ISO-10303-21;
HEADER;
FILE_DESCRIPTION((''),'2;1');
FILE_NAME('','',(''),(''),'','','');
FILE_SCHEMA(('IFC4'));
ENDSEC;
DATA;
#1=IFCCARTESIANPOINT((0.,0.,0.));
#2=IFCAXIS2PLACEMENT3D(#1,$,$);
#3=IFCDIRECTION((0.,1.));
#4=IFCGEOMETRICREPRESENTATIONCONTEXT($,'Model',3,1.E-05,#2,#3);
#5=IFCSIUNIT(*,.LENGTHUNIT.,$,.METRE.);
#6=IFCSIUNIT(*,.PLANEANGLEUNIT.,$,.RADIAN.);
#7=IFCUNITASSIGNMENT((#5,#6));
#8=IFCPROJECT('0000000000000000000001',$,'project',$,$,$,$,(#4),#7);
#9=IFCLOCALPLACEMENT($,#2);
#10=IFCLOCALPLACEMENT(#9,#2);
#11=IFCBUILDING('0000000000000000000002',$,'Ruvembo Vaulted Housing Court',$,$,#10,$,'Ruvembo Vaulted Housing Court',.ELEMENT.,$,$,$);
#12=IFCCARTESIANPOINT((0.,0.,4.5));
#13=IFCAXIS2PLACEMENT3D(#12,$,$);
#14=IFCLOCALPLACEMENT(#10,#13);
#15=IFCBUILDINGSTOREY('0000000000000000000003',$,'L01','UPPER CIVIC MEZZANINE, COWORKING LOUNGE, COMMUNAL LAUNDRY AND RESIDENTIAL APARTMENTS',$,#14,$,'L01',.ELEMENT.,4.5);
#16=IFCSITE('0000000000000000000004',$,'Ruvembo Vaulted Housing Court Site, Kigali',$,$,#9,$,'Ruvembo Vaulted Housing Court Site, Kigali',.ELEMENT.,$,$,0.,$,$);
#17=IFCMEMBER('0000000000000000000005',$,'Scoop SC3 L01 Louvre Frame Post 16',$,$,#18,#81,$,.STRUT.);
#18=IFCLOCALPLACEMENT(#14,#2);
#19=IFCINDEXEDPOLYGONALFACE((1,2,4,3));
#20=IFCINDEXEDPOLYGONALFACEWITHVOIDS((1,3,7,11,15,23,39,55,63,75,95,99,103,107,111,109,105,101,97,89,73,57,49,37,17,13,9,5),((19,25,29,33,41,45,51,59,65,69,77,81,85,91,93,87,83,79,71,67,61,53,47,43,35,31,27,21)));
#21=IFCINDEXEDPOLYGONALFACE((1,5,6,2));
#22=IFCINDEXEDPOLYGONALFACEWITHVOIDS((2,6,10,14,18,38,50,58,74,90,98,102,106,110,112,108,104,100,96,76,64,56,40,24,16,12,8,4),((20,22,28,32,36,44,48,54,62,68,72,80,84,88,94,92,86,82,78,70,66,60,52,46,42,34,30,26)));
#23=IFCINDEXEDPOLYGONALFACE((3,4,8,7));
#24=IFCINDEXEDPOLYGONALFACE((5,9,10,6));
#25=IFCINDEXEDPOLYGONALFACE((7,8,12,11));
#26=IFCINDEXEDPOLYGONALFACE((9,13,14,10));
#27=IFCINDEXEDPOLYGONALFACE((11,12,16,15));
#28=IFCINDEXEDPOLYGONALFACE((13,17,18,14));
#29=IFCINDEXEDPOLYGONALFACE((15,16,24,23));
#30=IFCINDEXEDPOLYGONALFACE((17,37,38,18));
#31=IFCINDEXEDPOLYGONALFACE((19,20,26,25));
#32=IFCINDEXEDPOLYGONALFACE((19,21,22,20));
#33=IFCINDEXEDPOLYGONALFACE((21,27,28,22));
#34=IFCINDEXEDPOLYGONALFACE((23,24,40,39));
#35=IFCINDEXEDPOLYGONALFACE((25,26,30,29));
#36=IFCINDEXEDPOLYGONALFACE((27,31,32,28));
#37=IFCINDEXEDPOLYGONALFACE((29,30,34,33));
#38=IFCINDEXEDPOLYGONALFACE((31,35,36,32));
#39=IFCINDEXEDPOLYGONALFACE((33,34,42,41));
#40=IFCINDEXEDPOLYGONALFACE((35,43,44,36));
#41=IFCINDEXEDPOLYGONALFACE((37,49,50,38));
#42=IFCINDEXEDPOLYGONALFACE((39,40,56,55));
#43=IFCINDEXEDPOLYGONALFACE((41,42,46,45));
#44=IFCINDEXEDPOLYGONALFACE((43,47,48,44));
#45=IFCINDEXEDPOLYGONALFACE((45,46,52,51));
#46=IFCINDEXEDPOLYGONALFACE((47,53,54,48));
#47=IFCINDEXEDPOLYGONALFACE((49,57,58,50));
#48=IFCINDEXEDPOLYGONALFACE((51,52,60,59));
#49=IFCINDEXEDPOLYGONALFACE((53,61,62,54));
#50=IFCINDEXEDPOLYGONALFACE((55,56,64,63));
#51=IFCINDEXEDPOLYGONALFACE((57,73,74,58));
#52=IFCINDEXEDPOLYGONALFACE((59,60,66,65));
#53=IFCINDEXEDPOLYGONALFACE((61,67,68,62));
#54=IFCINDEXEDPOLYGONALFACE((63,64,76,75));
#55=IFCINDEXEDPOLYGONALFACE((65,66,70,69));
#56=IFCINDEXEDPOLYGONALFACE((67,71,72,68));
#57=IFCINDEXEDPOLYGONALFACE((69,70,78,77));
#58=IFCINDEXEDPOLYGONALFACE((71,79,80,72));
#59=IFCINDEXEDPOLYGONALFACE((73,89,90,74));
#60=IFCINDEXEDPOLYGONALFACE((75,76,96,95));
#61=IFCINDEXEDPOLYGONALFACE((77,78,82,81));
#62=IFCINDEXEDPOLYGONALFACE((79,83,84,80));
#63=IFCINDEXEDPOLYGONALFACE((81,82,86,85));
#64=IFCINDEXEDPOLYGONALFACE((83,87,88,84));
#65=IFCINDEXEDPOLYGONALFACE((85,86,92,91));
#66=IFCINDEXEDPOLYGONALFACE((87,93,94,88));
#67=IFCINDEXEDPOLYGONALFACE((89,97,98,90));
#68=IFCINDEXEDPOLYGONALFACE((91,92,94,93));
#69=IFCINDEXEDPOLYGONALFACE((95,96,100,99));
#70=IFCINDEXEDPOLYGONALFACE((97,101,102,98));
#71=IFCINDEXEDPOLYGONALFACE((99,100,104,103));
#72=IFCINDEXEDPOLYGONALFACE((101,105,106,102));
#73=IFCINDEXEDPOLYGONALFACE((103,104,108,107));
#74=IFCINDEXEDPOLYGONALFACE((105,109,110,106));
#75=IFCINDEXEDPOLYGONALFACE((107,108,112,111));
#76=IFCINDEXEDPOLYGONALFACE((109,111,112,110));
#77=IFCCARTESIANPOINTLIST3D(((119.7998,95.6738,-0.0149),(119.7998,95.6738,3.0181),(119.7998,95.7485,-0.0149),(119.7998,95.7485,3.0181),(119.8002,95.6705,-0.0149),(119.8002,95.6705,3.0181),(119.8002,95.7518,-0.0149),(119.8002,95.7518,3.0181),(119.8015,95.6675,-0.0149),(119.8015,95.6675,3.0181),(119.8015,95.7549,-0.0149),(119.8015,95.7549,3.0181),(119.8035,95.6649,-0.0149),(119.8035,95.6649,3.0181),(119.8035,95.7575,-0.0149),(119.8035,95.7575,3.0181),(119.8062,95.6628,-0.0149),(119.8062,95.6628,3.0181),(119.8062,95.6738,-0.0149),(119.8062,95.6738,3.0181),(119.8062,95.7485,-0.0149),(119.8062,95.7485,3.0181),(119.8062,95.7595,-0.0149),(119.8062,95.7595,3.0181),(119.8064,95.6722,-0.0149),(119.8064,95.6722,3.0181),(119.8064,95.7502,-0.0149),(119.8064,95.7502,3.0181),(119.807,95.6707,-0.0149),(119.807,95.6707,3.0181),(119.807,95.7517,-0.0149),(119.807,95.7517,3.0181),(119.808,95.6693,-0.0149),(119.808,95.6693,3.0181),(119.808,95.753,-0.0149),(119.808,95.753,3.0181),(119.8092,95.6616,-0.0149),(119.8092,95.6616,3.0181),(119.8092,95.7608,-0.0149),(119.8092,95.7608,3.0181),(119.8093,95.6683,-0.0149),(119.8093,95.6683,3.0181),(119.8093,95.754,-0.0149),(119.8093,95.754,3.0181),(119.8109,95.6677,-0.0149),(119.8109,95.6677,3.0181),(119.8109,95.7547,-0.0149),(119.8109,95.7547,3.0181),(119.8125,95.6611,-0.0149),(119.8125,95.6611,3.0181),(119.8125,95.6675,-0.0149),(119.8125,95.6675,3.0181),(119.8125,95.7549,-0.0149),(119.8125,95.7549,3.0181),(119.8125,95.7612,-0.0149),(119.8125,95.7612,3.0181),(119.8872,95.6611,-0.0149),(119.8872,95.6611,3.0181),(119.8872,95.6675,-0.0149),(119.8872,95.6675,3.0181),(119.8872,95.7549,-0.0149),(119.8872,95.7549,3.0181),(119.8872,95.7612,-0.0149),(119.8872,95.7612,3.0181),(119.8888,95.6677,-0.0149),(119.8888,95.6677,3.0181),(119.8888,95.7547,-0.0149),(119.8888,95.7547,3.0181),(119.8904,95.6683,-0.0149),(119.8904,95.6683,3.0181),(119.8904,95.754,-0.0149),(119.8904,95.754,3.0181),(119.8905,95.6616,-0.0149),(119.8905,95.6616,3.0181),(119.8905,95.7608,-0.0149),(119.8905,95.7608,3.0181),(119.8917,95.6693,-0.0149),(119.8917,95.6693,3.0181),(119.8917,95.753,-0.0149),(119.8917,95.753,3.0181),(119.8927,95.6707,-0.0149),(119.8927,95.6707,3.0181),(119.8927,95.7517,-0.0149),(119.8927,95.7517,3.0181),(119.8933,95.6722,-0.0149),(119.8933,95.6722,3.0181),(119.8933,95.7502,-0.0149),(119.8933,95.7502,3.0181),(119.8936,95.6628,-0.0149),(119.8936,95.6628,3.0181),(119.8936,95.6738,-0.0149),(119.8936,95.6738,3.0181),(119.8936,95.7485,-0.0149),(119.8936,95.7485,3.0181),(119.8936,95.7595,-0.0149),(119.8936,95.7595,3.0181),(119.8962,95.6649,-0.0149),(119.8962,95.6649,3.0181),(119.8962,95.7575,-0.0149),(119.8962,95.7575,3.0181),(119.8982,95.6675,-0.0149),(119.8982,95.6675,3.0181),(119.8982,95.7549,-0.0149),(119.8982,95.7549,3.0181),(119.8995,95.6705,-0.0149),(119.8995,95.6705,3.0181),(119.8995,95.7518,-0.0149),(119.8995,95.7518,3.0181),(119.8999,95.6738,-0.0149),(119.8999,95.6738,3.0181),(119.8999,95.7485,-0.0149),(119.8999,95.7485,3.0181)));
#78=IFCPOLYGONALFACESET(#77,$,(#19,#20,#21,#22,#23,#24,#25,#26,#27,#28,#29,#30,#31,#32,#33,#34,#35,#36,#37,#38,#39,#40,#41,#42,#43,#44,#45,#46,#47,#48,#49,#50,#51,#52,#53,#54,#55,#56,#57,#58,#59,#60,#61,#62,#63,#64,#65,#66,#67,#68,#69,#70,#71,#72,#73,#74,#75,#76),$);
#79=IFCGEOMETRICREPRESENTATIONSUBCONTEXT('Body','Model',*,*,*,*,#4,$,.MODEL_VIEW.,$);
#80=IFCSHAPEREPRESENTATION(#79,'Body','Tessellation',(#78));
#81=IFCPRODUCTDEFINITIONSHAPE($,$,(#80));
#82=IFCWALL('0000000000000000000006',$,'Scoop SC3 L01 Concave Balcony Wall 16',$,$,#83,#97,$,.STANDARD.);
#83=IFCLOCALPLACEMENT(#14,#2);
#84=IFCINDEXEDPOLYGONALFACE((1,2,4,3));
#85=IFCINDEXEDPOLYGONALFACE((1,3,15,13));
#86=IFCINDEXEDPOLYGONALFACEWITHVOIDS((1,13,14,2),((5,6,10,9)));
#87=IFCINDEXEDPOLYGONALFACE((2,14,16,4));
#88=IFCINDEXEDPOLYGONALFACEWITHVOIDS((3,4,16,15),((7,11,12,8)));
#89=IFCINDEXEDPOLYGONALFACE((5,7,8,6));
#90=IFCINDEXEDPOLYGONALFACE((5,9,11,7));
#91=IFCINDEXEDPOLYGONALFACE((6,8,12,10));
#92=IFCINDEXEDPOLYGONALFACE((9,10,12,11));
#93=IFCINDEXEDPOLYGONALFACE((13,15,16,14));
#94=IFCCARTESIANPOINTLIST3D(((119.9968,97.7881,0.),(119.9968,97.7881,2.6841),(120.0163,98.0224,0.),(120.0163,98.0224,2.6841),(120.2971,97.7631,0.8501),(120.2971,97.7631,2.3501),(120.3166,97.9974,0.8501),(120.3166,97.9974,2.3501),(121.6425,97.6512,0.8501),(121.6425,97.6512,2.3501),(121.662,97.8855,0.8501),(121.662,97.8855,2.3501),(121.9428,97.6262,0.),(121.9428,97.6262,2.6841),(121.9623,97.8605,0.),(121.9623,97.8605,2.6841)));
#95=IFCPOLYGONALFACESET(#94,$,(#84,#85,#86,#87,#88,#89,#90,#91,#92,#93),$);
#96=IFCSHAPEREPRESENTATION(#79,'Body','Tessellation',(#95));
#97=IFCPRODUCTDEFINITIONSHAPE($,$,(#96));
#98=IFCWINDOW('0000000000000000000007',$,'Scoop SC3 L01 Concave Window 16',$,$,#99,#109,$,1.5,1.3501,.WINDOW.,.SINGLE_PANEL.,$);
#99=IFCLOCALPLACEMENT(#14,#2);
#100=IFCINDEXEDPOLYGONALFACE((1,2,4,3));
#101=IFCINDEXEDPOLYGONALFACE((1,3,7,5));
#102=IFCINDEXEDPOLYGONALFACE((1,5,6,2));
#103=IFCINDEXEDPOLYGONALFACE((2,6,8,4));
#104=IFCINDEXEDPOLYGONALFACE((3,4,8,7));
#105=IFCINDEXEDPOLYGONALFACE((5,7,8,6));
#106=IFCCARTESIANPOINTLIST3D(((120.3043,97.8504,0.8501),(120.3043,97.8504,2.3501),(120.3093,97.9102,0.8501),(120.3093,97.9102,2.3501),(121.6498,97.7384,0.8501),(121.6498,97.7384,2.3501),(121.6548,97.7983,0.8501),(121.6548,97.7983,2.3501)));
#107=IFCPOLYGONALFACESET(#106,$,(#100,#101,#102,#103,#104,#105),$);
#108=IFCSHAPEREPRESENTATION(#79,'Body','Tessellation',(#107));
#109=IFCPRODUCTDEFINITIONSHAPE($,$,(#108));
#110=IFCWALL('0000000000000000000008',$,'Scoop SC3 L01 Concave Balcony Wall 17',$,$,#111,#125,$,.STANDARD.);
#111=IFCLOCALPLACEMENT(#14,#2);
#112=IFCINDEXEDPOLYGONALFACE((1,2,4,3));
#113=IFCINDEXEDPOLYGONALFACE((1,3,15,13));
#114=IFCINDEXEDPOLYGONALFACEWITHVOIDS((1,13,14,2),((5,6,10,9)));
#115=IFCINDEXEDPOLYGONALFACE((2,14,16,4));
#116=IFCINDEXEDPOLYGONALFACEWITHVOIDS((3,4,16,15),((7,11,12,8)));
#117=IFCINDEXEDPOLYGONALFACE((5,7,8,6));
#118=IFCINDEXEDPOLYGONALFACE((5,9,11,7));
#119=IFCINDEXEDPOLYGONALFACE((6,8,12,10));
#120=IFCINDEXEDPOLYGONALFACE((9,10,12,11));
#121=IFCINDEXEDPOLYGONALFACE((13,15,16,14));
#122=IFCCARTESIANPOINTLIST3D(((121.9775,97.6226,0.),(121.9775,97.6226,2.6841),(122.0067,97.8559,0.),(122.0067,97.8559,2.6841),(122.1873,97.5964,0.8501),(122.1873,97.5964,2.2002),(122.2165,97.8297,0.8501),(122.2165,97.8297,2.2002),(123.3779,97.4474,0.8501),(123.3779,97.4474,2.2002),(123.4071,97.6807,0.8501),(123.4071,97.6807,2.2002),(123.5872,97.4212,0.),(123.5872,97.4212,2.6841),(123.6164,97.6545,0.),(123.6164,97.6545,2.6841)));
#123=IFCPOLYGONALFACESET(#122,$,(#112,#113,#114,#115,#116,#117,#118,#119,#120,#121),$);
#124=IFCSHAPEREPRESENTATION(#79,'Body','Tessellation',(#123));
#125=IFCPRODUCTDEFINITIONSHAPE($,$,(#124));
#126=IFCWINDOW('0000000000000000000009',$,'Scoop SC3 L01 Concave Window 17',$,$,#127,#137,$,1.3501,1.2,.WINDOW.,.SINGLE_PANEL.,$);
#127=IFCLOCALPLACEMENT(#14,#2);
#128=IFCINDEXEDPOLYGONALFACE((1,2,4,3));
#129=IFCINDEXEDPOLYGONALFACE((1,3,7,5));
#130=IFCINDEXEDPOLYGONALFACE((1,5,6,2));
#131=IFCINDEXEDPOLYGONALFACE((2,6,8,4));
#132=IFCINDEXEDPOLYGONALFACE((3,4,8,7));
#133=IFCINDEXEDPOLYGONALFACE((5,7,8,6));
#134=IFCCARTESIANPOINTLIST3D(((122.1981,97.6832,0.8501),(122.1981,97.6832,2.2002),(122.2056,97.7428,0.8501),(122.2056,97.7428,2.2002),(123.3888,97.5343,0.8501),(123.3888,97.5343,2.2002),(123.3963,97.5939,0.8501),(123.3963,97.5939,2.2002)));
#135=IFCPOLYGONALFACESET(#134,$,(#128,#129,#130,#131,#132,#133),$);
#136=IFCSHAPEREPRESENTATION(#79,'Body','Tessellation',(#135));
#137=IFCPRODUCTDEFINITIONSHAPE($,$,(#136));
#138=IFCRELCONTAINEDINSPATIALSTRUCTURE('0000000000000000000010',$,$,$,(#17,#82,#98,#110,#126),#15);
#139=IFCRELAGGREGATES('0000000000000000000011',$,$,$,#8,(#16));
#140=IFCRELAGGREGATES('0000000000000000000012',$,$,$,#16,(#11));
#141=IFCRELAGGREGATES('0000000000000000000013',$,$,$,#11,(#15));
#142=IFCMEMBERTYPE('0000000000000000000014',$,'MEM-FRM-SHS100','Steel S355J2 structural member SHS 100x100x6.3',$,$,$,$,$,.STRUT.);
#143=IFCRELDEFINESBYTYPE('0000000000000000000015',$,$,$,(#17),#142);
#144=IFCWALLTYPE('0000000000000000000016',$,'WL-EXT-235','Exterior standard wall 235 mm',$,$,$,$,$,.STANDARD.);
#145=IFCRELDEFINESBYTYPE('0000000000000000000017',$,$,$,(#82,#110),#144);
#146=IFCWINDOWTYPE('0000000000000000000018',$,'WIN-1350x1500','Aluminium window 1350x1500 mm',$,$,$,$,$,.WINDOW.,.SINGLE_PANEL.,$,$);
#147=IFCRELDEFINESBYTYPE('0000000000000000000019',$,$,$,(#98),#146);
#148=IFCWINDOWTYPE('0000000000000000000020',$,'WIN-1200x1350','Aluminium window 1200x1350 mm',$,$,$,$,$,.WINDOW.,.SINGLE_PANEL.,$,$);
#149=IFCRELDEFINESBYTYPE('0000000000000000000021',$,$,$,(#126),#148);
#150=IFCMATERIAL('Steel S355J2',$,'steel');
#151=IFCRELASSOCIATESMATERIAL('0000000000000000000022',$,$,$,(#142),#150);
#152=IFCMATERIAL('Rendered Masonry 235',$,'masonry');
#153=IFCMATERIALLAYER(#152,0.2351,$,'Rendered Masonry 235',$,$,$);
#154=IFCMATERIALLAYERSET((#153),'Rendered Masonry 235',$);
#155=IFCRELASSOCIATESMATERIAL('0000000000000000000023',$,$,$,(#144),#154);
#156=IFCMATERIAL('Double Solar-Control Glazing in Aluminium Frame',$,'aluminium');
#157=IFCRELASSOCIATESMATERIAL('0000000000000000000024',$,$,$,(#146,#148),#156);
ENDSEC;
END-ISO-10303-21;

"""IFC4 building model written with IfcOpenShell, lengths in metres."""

from ifc_helpers import new_model, si_unit, direction, frame, frame_2d, origin, origin_2d, place, context, subcontext, project, spatial, rectangle, hollow_rectangle, extrude, material, layer, layer_set, material_profile, profile_set, type_object, element, fill, save


model = new_model("IFC4")

# Units and contexts
model_context = context("Model", 3, precision=1e-05, world=origin(), true_north=direction((0.0, 1.0)))
body_context = subcontext(model_context, "Body", "Model", "MODEL_VIEW")
ifc_project = project(units=[si_unit("LENGTHUNIT", "METRE"), si_unit("PLANEANGLEUNIT", "RADIAN")], contexts=[model_context])

# Site, building, storey
site_placement = place(None, origin())
site = spatial("IfcSite", under=ifc_project, at=site_placement, Name="Ruvembo Vaulted Housing Court Site, Kigali", LongName="Ruvembo Vaulted Housing Court Site, Kigali", CompositionType="ELEMENT", RefElevation=0.0)
building_placement = place(site_placement, origin())
building = spatial("IfcBuilding", under=site, at=building_placement, Name="Ruvembo Vaulted Housing Court", LongName="Ruvembo Vaulted Housing Court", CompositionType="ELEMENT")
storey_placement = place(building_placement, frame((0.0, 0.0, 4.5)))
storey = spatial("IfcBuildingStorey", under=building, at=storey_placement, Name="L01", Description="UPPER CIVIC MEZZANINE, COWORKING LOUNGE, COMMUNAL LAUNDRY AND RESIDENTIAL APARTMENTS", LongName="L01", CompositionType="ELEMENT", Elevation=4.5)

# Shared definitions
ifc_material_1 = material(Name="Steel S355J2", Category="steel")

# Member
ifc_material_profile_1 = material_profile(ifc_material_1, hollow_rectangle(XDim=0.1001, YDim=0.1001, WallThickness=0.0063, InnerFilletRadius=0.0063, OuterFilletRadius=0.0127, at=origin_2d()), Name="SHS 100x100x6.3")
ifc_profile_set_1 = profile_set([ifc_material_profile_1], Name="Steel S355J2")
member_type_1 = type_object("IfcMemberType", Name="MEM-FRM-SHS100", Description="Steel S355J2 structural member SHS 100x100x6.3", PredefinedType="STRUT", material=ifc_profile_set_1)
for number, where, z_axis, x_axis, name in (
    (1, (119.8499, 95.7112, -0.0149), (0.0, 0.0, 1.0), (1.0, 0.0, 0.0), "Scoop SC3 L01 Louvre Frame Post 16"),
):
    element("IfcMember", number, at=place(storey_placement, frame(where, z_axis=z_axis, x_axis=x_axis)), inside=storey, type_object=member_type_1, Name=name, PredefinedType="STRUT", context=body_context, shape_type="SweptSolid", body=[
        extrude(hollow_rectangle(XDim=0.1001, YDim=0.1001, WallThickness=0.0063, InnerFilletRadius=0.0063, OuterFilletRadius=0.0127, at=origin_2d()), origin(), (0.0, 0.0, 1.0), 3.033),
    ])

# Walls, openings, windows
ifc_material_2 = material(Name="Rendered Masonry 235", Category="masonry")
ifc_layer_1 = layer(ifc_material_2, 0.2351, Name="Rendered Masonry 235")
ifc_layer_set_1 = layer_set([ifc_layer_1], Name="Rendered Masonry 235")
wall_type = type_object("IfcWallType", Name="WL-EXT-235", Description="Exterior standard wall 235 mm", PredefinedType="STANDARD", material=ifc_layer_set_1)
wall_1_placement = place(storey_placement, frame((120.0066, 97.9053, 0.0), z_axis=(0.0, 0.0, 1.0), x_axis=(0.996558, -0.082901, 0.0)))
wall_1 = element("IfcWall", 2, at=wall_1_placement, inside=storey, type_object=wall_type, Name="Scoop SC3 L01 Concave Balcony Wall 16", PredefinedType="STANDARD", context=body_context, shape_type="SweptSolid", body=[
    extrude(rectangle(XDim=1.9526, YDim=0.2351, at=frame_2d((0.9763, 0.0))), origin(), (0.0, 0.0, 1.0), 2.6841),
])
opening_1_placement = place(wall_1_placement, frame((0.3013, 0.0, 0.8501)))
opening_1 = element("IfcOpeningElement", 3, at=opening_1_placement, cuts=wall_1, PredefinedType="OPENING", context=body_context, shape_type="SweptSolid", body=[
    extrude(rectangle(XDim=1.3501, YDim=1.5, at=frame_2d((0.675, 0.75))), frame((0.0, 0.1274, 0.0), z_axis=(0.0, -1.0, 0.0), x_axis=(1.0, 0.0, 0.0)), (0.0, 0.0, 1.0), 0.2551),
])
ifc_material_3 = material(Name="Double Solar-Control Glazing in Aluminium Frame", Category="aluminium")
window_type_1 = type_object("IfcWindowType", Name="WIN-1350x1500", Description="Aluminium window 1350x1500 mm", PartitioningType="SINGLE_PANEL", PredefinedType="WINDOW", material=ifc_material_3)
window_1_placement = place(opening_1_placement, origin())
window_1 = element("IfcWindow", 4, at=window_1_placement, inside=storey, type_object=window_type_1, Name="Scoop SC3 L01 Concave Window 16", OverallHeight=1.5, OverallWidth=1.3501, PartitioningType="SINGLE_PANEL", PredefinedType="WINDOW", context=body_context, shape_type="SweptSolid", body=[
    extrude(rectangle(XDim=1.3501, YDim=1.5, at=frame_2d((0.675, 0.75))), frame((0.0, 0.03, 0.0), z_axis=(0.0, -1.0, 0.0), x_axis=(1.0, 0.0, 0.0)), (0.0, 0.0, 1.0), 0.0601),
])
fill(opening_1, window_1)
wall_2_placement = place(storey_placement, frame((121.9922, 97.7393, 0.0), z_axis=(0.0, 0.0, 1.0), x_axis=(0.992264, -0.124146, 0.0)))
wall_2 = element("IfcWall", 5, at=wall_2_placement, inside=storey, type_object=wall_type, Name="Scoop SC3 L01 Concave Balcony Wall 17", PredefinedType="STANDARD", context=body_context, shape_type="SweptSolid", body=[
    extrude(rectangle(XDim=1.6223, YDim=0.2351, at=frame_2d((0.811, 0.0))), origin(), (0.0, 0.0, 1.0), 2.6841),
])
opening_2_placement = place(wall_2_placement, frame((0.2112, 0.0, 0.8501)))
opening_2 = element("IfcOpeningElement", 6, at=opening_2_placement, cuts=wall_2, PredefinedType="OPENING", context=body_context, shape_type="SweptSolid", body=[
    extrude(rectangle(XDim=1.2, YDim=1.3501, at=frame_2d((0.6001, 0.675))), frame((0.0, 0.1274, 0.0), z_axis=(0.0, -1.0, 0.0), x_axis=(1.0, 0.0, 0.0)), (0.0, 0.0, 1.0), 0.2551),
])
window_type_2 = type_object("IfcWindowType", Name="WIN-1200x1350", Description="Aluminium window 1200x1350 mm", PartitioningType="SINGLE_PANEL", PredefinedType="WINDOW", material=ifc_material_3)
window_2_placement = place(opening_2_placement, origin())
window_2 = element("IfcWindow", 7, at=window_2_placement, inside=storey, type_object=window_type_2, Name="Scoop SC3 L01 Concave Window 17", OverallHeight=1.3501, OverallWidth=1.2, PartitioningType="SINGLE_PANEL", PredefinedType="WINDOW", context=body_context, shape_type="SweptSolid", body=[
    extrude(rectangle(XDim=1.2, YDim=1.3501, at=frame_2d((0.6001, 0.675))), frame((0.0, 0.03, 0.0), z_axis=(0.0, -1.0, 0.0), x_axis=(1.0, 0.0, 0.0)), (0.0, 0.0, 1.0), 0.0601),
])
fill(opening_2, window_2)

save(model, "model.ifc")
